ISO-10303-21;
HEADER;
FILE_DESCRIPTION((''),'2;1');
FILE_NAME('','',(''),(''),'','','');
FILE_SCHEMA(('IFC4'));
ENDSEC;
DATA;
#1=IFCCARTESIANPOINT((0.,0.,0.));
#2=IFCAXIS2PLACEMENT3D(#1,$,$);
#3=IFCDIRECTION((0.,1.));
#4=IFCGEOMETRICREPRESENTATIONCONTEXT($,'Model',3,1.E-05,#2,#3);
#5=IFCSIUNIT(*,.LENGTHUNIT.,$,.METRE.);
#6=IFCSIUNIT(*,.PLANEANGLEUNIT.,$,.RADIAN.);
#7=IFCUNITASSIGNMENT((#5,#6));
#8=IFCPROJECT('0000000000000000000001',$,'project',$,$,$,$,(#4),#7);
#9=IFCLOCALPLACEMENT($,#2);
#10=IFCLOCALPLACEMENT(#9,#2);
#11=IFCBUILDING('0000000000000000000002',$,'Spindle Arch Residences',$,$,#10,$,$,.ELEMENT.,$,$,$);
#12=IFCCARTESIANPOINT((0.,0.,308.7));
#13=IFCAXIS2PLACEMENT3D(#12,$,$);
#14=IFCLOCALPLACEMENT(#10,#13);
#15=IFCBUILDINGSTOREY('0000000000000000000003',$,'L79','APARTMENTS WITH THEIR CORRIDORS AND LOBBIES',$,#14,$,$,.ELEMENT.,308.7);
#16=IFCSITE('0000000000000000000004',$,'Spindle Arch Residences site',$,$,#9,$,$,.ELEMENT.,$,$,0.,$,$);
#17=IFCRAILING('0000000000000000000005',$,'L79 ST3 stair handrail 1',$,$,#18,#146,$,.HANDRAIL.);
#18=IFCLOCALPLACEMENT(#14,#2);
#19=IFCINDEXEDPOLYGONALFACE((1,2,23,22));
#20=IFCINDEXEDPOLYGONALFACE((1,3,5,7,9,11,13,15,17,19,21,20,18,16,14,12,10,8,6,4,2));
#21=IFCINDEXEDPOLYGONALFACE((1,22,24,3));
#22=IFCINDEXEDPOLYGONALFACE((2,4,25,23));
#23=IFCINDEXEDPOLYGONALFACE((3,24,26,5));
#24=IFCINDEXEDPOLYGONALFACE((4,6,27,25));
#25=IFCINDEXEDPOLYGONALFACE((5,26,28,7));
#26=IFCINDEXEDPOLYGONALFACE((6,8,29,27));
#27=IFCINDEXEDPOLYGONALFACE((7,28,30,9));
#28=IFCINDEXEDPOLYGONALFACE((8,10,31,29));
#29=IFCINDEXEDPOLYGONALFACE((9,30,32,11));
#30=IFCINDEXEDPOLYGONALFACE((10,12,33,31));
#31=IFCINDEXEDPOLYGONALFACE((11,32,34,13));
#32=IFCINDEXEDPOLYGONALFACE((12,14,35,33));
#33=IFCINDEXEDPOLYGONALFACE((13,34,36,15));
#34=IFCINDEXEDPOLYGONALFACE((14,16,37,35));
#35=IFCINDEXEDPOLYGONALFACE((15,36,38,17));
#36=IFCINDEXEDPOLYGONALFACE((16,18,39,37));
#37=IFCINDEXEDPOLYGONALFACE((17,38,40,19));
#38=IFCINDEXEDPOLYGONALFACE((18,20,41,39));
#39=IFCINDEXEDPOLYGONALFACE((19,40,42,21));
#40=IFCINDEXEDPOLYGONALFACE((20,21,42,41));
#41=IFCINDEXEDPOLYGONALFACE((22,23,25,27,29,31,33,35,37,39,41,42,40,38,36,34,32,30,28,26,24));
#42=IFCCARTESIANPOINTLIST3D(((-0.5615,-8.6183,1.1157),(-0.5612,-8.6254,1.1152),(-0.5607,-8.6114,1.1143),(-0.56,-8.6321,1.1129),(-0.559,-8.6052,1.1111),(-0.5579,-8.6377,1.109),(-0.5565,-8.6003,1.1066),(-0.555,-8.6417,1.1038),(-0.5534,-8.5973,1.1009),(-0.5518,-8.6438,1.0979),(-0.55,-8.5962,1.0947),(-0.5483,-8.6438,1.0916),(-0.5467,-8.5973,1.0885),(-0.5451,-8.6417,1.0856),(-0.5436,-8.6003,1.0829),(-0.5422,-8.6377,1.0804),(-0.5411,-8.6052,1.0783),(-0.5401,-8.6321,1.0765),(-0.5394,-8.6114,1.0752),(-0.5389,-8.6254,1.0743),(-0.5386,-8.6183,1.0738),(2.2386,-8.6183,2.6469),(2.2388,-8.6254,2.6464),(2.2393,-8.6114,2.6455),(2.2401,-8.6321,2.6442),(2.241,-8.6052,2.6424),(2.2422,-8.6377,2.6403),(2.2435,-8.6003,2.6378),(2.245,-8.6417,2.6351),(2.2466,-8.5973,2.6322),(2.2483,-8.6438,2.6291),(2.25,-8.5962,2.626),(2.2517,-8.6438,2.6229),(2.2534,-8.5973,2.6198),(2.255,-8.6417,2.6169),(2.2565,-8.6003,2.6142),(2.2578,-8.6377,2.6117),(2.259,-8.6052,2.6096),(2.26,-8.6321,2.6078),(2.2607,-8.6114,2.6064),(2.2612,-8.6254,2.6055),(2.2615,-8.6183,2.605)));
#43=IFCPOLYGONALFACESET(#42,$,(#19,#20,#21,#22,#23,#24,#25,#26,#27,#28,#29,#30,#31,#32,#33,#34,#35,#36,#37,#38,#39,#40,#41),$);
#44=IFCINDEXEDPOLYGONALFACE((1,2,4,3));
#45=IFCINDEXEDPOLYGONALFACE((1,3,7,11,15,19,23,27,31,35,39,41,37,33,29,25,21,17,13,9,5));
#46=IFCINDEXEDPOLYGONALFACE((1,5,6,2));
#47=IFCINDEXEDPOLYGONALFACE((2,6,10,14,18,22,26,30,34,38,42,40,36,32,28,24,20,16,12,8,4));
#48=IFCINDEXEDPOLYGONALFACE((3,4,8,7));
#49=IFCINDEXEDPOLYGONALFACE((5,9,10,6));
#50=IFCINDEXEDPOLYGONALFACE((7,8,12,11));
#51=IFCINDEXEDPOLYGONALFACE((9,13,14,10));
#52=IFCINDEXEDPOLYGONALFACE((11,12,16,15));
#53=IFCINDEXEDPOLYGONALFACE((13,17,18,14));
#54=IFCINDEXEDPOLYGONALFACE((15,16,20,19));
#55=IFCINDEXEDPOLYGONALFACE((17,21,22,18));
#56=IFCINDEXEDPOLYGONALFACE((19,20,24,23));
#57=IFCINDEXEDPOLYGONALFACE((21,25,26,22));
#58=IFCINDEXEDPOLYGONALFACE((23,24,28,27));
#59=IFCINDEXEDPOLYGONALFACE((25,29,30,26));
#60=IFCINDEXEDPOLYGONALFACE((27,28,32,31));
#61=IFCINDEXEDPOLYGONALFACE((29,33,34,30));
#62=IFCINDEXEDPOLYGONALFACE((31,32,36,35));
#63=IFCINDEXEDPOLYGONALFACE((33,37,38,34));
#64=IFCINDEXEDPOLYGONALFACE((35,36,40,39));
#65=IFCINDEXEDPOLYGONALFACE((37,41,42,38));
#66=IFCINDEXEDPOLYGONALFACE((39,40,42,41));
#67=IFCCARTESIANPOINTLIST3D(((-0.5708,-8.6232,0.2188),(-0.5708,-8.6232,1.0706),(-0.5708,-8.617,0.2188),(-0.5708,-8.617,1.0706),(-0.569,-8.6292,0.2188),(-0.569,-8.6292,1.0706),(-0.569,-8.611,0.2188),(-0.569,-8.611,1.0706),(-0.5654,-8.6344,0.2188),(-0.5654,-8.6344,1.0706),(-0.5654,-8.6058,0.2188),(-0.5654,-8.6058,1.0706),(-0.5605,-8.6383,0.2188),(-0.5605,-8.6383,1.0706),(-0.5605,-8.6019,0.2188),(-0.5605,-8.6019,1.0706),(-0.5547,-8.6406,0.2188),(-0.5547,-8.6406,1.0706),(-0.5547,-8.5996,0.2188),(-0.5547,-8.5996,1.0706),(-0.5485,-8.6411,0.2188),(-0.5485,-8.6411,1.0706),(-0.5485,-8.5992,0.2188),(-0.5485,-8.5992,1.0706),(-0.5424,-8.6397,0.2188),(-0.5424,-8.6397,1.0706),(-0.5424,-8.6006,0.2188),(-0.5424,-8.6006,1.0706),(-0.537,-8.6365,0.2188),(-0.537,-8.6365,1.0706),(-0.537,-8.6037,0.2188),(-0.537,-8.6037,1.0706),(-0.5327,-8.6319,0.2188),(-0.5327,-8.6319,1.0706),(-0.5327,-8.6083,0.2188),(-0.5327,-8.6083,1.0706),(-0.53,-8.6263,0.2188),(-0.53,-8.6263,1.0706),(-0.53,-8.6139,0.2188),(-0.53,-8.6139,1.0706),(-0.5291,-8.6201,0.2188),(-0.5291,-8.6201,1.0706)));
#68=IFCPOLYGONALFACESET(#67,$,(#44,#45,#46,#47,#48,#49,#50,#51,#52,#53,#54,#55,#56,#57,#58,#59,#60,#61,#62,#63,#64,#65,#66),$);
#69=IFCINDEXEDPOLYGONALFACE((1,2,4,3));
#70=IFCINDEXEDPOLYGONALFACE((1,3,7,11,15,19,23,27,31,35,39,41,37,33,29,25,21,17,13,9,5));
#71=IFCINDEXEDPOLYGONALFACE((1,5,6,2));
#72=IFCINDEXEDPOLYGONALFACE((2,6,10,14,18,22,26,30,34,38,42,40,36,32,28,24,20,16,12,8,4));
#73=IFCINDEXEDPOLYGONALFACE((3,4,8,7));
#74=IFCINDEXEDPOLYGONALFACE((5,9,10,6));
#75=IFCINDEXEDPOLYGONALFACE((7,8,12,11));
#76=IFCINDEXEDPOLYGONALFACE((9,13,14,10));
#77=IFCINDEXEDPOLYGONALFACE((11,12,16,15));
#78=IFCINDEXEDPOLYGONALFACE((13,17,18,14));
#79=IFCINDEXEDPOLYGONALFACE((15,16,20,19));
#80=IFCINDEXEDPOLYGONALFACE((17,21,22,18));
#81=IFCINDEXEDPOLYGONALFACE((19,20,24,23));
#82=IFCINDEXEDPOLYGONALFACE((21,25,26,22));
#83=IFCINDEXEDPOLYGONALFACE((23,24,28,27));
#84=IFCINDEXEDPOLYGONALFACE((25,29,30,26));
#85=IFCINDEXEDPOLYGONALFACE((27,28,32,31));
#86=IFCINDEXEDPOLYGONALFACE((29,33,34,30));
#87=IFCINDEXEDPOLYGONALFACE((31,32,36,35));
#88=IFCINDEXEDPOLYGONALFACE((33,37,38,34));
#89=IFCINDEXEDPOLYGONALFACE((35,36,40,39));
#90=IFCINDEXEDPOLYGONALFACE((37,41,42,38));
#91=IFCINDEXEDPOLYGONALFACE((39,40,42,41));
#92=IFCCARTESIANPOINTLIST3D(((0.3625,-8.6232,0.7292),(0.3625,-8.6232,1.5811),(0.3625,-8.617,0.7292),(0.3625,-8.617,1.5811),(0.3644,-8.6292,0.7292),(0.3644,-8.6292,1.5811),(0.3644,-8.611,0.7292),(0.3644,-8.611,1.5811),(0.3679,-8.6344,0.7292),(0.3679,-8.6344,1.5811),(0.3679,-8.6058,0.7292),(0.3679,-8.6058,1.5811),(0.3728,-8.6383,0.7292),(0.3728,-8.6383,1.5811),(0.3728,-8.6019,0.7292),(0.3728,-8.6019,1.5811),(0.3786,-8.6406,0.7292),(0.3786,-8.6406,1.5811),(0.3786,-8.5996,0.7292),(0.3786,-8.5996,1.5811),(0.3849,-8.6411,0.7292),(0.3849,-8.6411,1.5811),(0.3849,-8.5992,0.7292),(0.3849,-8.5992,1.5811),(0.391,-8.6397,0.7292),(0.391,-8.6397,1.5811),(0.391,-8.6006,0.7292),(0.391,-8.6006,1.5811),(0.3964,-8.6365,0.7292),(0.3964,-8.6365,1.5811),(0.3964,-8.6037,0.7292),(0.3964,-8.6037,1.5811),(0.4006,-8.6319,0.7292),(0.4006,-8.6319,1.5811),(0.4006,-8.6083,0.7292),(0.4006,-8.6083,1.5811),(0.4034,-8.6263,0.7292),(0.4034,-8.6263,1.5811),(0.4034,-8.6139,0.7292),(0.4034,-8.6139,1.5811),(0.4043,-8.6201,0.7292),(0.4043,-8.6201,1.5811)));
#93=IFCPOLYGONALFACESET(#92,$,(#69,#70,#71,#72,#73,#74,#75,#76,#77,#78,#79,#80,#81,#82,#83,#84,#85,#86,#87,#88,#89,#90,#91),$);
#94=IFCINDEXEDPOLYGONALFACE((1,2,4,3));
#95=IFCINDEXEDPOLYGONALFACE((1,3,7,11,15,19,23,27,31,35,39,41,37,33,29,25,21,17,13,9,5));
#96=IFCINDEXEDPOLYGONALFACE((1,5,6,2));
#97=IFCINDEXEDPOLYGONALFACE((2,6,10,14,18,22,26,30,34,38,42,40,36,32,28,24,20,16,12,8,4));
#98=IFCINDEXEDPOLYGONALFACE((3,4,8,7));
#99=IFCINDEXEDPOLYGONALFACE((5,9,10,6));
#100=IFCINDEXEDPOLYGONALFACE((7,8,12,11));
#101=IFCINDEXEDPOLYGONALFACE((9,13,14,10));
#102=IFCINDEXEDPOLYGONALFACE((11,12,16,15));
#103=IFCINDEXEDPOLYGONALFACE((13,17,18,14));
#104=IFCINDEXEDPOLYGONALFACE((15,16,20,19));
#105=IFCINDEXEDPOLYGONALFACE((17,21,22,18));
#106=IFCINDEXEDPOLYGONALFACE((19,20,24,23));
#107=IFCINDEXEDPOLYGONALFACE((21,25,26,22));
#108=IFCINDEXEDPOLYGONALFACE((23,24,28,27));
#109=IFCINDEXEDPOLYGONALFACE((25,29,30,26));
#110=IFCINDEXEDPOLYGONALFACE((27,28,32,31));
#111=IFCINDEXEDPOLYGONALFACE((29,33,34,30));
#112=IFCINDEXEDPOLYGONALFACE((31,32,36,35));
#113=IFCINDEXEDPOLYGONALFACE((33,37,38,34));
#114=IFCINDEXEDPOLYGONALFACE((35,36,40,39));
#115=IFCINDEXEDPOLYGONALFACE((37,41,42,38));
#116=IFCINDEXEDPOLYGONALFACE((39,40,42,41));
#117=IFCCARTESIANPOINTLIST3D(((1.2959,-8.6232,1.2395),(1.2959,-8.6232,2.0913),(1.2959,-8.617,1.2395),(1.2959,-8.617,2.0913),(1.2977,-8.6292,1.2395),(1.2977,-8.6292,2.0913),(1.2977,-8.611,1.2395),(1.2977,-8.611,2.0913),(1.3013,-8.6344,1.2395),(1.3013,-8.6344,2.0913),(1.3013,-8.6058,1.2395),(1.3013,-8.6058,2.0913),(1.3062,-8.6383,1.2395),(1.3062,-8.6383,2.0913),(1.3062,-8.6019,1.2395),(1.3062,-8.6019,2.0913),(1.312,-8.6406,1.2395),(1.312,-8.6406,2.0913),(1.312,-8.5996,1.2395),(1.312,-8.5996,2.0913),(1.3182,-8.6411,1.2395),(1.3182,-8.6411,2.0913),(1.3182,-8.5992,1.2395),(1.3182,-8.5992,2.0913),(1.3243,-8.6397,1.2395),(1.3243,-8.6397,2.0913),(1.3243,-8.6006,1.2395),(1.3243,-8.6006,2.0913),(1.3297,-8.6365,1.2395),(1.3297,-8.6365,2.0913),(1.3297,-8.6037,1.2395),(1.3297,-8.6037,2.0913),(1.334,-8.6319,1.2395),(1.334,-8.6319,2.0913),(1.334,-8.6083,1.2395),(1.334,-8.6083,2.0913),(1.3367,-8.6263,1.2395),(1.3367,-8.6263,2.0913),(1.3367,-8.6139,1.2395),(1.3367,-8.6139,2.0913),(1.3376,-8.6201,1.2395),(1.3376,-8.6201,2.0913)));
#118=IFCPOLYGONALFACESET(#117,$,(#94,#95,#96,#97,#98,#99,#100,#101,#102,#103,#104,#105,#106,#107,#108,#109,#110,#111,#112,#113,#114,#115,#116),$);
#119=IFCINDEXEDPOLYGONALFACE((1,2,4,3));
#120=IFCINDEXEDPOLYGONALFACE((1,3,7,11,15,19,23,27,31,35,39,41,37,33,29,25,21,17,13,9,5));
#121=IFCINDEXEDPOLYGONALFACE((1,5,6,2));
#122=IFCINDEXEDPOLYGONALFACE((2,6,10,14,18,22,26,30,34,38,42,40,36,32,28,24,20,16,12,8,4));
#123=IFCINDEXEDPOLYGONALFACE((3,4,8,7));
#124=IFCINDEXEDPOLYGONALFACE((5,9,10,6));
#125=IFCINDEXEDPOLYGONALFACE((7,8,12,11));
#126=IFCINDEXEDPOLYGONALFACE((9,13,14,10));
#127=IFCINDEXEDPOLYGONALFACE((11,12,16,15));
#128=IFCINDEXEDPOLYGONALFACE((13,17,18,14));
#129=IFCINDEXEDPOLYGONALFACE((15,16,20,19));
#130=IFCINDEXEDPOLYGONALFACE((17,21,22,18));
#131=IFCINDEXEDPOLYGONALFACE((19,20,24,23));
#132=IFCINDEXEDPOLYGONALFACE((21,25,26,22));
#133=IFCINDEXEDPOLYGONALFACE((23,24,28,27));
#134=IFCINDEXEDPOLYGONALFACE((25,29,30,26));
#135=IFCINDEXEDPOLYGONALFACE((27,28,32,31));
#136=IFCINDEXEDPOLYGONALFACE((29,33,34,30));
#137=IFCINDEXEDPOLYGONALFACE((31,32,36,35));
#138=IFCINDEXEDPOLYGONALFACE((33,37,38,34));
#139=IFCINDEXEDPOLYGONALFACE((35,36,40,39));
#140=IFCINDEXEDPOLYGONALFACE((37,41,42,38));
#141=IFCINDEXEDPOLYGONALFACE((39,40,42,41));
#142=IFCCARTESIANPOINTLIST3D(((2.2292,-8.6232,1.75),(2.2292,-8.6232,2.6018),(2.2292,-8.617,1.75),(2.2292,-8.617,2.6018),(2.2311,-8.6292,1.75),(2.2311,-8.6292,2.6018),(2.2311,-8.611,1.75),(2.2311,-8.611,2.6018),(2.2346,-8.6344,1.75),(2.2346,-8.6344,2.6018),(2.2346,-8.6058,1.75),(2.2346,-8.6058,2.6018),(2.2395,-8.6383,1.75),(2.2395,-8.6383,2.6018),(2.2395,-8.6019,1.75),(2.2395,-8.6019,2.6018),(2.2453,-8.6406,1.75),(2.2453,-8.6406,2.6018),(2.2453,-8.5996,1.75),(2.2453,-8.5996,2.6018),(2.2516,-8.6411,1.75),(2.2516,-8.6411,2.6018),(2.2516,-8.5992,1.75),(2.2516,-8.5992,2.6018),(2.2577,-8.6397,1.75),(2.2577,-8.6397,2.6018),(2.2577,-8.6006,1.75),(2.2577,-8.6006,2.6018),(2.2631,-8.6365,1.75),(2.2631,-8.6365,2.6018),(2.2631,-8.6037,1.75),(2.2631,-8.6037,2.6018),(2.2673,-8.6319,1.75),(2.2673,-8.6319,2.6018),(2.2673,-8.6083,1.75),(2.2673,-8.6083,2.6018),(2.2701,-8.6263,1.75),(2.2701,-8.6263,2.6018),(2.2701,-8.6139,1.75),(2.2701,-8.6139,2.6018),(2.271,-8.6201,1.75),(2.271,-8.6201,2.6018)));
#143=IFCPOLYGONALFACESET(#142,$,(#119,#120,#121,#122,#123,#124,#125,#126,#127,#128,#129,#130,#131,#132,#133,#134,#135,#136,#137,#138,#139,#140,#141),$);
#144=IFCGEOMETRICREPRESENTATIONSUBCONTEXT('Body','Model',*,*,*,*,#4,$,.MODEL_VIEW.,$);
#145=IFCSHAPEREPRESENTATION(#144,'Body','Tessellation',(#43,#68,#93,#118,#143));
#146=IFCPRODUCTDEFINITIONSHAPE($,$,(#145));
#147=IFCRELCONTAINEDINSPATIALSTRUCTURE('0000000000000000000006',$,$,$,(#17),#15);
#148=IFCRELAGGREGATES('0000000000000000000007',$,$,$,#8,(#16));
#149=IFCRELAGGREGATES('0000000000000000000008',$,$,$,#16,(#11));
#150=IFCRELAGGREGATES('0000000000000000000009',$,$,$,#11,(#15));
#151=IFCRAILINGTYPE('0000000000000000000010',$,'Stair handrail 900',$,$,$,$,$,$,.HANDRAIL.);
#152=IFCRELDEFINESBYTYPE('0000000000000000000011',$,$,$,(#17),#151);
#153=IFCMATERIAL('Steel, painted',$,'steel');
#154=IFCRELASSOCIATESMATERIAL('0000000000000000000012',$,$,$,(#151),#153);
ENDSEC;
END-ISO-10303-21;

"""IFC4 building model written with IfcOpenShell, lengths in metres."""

from ifc_helpers import new_model, si_unit, direction, frame, origin, origin_2d, place, context, subcontext, project, spatial, circle, extrude, material, type_object, element, save


model = new_model("IFC4")

# Units and contexts
model_context = context("Model", 3, precision=1e-05, world=origin(), true_north=direction((0.0, 1.0)))
body_context = subcontext(model_context, "Body", "Model", "MODEL_VIEW")
ifc_project = project(units=[si_unit("LENGTHUNIT", "METRE"), si_unit("PLANEANGLEUNIT", "RADIAN")], contexts=[model_context])

# Site, building, storey
site_placement = place(None, origin())
site = spatial("IfcSite", under=ifc_project, at=site_placement, Name="Spindle Arch Residences site", CompositionType="ELEMENT", RefElevation=0.0)
building_placement = place(site_placement, origin())
building = spatial("IfcBuilding", under=site, at=building_placement, Name="Spindle Arch Residences", CompositionType="ELEMENT")
storey_placement = place(building_placement, frame((0.0, 0.0, 308.7)))
storey = spatial("IfcBuildingStorey", under=building, at=storey_placement, Name="L79", Description="APARTMENTS WITH THEIR CORRIDORS AND LOBBIES", CompositionType="ELEMENT", Elevation=308.7)

# Railing
ifc_material_1 = material(Name="Steel, painted", Category="steel")
railing_type = type_object("IfcRailingType", Name="Stair handrail 900", PredefinedType="HANDRAIL", material=ifc_material_1)
railing_placement = place(storey_placement, frame((-0.55, -8.6201, 0.2188)))
element("IfcRailing", 1, at=railing_placement, inside=storey, type_object=railing_type, Name="L79 ST3 stair handrail 1", PredefinedType="HANDRAIL", context=body_context, shape_type="SweptSolid", body=[
    extrude(circle(Radius=0.0239, at=origin_2d()), frame((0.0, 0.0, 0.876), z_axis=(0.877375, 0.0, 0.479806), x_axis=(0.0, 1.0, 0.0)), (0.0, 0.0, 1.0), 3.1914),
    extrude(circle(Radius=0.021, at=origin_2d()), origin(), (0.0, 0.0, 1.0), 0.8518),
    extrude(circle(Radius=0.021, at=origin_2d()), frame((0.9333, 0.0, 0.5105)), (0.0, 0.0, 1.0), 0.8518),
    extrude(circle(Radius=0.021, at=origin_2d()), frame((1.8667, 0.0, 1.0208)), (0.0, 0.0, 1.0), 0.8518),
    extrude(circle(Radius=0.021, at=origin_2d()), frame((2.8, 0.0, 1.5312)), (0.0, 0.0, 1.0), 0.8518),
])

save(model, "model.ifc")
